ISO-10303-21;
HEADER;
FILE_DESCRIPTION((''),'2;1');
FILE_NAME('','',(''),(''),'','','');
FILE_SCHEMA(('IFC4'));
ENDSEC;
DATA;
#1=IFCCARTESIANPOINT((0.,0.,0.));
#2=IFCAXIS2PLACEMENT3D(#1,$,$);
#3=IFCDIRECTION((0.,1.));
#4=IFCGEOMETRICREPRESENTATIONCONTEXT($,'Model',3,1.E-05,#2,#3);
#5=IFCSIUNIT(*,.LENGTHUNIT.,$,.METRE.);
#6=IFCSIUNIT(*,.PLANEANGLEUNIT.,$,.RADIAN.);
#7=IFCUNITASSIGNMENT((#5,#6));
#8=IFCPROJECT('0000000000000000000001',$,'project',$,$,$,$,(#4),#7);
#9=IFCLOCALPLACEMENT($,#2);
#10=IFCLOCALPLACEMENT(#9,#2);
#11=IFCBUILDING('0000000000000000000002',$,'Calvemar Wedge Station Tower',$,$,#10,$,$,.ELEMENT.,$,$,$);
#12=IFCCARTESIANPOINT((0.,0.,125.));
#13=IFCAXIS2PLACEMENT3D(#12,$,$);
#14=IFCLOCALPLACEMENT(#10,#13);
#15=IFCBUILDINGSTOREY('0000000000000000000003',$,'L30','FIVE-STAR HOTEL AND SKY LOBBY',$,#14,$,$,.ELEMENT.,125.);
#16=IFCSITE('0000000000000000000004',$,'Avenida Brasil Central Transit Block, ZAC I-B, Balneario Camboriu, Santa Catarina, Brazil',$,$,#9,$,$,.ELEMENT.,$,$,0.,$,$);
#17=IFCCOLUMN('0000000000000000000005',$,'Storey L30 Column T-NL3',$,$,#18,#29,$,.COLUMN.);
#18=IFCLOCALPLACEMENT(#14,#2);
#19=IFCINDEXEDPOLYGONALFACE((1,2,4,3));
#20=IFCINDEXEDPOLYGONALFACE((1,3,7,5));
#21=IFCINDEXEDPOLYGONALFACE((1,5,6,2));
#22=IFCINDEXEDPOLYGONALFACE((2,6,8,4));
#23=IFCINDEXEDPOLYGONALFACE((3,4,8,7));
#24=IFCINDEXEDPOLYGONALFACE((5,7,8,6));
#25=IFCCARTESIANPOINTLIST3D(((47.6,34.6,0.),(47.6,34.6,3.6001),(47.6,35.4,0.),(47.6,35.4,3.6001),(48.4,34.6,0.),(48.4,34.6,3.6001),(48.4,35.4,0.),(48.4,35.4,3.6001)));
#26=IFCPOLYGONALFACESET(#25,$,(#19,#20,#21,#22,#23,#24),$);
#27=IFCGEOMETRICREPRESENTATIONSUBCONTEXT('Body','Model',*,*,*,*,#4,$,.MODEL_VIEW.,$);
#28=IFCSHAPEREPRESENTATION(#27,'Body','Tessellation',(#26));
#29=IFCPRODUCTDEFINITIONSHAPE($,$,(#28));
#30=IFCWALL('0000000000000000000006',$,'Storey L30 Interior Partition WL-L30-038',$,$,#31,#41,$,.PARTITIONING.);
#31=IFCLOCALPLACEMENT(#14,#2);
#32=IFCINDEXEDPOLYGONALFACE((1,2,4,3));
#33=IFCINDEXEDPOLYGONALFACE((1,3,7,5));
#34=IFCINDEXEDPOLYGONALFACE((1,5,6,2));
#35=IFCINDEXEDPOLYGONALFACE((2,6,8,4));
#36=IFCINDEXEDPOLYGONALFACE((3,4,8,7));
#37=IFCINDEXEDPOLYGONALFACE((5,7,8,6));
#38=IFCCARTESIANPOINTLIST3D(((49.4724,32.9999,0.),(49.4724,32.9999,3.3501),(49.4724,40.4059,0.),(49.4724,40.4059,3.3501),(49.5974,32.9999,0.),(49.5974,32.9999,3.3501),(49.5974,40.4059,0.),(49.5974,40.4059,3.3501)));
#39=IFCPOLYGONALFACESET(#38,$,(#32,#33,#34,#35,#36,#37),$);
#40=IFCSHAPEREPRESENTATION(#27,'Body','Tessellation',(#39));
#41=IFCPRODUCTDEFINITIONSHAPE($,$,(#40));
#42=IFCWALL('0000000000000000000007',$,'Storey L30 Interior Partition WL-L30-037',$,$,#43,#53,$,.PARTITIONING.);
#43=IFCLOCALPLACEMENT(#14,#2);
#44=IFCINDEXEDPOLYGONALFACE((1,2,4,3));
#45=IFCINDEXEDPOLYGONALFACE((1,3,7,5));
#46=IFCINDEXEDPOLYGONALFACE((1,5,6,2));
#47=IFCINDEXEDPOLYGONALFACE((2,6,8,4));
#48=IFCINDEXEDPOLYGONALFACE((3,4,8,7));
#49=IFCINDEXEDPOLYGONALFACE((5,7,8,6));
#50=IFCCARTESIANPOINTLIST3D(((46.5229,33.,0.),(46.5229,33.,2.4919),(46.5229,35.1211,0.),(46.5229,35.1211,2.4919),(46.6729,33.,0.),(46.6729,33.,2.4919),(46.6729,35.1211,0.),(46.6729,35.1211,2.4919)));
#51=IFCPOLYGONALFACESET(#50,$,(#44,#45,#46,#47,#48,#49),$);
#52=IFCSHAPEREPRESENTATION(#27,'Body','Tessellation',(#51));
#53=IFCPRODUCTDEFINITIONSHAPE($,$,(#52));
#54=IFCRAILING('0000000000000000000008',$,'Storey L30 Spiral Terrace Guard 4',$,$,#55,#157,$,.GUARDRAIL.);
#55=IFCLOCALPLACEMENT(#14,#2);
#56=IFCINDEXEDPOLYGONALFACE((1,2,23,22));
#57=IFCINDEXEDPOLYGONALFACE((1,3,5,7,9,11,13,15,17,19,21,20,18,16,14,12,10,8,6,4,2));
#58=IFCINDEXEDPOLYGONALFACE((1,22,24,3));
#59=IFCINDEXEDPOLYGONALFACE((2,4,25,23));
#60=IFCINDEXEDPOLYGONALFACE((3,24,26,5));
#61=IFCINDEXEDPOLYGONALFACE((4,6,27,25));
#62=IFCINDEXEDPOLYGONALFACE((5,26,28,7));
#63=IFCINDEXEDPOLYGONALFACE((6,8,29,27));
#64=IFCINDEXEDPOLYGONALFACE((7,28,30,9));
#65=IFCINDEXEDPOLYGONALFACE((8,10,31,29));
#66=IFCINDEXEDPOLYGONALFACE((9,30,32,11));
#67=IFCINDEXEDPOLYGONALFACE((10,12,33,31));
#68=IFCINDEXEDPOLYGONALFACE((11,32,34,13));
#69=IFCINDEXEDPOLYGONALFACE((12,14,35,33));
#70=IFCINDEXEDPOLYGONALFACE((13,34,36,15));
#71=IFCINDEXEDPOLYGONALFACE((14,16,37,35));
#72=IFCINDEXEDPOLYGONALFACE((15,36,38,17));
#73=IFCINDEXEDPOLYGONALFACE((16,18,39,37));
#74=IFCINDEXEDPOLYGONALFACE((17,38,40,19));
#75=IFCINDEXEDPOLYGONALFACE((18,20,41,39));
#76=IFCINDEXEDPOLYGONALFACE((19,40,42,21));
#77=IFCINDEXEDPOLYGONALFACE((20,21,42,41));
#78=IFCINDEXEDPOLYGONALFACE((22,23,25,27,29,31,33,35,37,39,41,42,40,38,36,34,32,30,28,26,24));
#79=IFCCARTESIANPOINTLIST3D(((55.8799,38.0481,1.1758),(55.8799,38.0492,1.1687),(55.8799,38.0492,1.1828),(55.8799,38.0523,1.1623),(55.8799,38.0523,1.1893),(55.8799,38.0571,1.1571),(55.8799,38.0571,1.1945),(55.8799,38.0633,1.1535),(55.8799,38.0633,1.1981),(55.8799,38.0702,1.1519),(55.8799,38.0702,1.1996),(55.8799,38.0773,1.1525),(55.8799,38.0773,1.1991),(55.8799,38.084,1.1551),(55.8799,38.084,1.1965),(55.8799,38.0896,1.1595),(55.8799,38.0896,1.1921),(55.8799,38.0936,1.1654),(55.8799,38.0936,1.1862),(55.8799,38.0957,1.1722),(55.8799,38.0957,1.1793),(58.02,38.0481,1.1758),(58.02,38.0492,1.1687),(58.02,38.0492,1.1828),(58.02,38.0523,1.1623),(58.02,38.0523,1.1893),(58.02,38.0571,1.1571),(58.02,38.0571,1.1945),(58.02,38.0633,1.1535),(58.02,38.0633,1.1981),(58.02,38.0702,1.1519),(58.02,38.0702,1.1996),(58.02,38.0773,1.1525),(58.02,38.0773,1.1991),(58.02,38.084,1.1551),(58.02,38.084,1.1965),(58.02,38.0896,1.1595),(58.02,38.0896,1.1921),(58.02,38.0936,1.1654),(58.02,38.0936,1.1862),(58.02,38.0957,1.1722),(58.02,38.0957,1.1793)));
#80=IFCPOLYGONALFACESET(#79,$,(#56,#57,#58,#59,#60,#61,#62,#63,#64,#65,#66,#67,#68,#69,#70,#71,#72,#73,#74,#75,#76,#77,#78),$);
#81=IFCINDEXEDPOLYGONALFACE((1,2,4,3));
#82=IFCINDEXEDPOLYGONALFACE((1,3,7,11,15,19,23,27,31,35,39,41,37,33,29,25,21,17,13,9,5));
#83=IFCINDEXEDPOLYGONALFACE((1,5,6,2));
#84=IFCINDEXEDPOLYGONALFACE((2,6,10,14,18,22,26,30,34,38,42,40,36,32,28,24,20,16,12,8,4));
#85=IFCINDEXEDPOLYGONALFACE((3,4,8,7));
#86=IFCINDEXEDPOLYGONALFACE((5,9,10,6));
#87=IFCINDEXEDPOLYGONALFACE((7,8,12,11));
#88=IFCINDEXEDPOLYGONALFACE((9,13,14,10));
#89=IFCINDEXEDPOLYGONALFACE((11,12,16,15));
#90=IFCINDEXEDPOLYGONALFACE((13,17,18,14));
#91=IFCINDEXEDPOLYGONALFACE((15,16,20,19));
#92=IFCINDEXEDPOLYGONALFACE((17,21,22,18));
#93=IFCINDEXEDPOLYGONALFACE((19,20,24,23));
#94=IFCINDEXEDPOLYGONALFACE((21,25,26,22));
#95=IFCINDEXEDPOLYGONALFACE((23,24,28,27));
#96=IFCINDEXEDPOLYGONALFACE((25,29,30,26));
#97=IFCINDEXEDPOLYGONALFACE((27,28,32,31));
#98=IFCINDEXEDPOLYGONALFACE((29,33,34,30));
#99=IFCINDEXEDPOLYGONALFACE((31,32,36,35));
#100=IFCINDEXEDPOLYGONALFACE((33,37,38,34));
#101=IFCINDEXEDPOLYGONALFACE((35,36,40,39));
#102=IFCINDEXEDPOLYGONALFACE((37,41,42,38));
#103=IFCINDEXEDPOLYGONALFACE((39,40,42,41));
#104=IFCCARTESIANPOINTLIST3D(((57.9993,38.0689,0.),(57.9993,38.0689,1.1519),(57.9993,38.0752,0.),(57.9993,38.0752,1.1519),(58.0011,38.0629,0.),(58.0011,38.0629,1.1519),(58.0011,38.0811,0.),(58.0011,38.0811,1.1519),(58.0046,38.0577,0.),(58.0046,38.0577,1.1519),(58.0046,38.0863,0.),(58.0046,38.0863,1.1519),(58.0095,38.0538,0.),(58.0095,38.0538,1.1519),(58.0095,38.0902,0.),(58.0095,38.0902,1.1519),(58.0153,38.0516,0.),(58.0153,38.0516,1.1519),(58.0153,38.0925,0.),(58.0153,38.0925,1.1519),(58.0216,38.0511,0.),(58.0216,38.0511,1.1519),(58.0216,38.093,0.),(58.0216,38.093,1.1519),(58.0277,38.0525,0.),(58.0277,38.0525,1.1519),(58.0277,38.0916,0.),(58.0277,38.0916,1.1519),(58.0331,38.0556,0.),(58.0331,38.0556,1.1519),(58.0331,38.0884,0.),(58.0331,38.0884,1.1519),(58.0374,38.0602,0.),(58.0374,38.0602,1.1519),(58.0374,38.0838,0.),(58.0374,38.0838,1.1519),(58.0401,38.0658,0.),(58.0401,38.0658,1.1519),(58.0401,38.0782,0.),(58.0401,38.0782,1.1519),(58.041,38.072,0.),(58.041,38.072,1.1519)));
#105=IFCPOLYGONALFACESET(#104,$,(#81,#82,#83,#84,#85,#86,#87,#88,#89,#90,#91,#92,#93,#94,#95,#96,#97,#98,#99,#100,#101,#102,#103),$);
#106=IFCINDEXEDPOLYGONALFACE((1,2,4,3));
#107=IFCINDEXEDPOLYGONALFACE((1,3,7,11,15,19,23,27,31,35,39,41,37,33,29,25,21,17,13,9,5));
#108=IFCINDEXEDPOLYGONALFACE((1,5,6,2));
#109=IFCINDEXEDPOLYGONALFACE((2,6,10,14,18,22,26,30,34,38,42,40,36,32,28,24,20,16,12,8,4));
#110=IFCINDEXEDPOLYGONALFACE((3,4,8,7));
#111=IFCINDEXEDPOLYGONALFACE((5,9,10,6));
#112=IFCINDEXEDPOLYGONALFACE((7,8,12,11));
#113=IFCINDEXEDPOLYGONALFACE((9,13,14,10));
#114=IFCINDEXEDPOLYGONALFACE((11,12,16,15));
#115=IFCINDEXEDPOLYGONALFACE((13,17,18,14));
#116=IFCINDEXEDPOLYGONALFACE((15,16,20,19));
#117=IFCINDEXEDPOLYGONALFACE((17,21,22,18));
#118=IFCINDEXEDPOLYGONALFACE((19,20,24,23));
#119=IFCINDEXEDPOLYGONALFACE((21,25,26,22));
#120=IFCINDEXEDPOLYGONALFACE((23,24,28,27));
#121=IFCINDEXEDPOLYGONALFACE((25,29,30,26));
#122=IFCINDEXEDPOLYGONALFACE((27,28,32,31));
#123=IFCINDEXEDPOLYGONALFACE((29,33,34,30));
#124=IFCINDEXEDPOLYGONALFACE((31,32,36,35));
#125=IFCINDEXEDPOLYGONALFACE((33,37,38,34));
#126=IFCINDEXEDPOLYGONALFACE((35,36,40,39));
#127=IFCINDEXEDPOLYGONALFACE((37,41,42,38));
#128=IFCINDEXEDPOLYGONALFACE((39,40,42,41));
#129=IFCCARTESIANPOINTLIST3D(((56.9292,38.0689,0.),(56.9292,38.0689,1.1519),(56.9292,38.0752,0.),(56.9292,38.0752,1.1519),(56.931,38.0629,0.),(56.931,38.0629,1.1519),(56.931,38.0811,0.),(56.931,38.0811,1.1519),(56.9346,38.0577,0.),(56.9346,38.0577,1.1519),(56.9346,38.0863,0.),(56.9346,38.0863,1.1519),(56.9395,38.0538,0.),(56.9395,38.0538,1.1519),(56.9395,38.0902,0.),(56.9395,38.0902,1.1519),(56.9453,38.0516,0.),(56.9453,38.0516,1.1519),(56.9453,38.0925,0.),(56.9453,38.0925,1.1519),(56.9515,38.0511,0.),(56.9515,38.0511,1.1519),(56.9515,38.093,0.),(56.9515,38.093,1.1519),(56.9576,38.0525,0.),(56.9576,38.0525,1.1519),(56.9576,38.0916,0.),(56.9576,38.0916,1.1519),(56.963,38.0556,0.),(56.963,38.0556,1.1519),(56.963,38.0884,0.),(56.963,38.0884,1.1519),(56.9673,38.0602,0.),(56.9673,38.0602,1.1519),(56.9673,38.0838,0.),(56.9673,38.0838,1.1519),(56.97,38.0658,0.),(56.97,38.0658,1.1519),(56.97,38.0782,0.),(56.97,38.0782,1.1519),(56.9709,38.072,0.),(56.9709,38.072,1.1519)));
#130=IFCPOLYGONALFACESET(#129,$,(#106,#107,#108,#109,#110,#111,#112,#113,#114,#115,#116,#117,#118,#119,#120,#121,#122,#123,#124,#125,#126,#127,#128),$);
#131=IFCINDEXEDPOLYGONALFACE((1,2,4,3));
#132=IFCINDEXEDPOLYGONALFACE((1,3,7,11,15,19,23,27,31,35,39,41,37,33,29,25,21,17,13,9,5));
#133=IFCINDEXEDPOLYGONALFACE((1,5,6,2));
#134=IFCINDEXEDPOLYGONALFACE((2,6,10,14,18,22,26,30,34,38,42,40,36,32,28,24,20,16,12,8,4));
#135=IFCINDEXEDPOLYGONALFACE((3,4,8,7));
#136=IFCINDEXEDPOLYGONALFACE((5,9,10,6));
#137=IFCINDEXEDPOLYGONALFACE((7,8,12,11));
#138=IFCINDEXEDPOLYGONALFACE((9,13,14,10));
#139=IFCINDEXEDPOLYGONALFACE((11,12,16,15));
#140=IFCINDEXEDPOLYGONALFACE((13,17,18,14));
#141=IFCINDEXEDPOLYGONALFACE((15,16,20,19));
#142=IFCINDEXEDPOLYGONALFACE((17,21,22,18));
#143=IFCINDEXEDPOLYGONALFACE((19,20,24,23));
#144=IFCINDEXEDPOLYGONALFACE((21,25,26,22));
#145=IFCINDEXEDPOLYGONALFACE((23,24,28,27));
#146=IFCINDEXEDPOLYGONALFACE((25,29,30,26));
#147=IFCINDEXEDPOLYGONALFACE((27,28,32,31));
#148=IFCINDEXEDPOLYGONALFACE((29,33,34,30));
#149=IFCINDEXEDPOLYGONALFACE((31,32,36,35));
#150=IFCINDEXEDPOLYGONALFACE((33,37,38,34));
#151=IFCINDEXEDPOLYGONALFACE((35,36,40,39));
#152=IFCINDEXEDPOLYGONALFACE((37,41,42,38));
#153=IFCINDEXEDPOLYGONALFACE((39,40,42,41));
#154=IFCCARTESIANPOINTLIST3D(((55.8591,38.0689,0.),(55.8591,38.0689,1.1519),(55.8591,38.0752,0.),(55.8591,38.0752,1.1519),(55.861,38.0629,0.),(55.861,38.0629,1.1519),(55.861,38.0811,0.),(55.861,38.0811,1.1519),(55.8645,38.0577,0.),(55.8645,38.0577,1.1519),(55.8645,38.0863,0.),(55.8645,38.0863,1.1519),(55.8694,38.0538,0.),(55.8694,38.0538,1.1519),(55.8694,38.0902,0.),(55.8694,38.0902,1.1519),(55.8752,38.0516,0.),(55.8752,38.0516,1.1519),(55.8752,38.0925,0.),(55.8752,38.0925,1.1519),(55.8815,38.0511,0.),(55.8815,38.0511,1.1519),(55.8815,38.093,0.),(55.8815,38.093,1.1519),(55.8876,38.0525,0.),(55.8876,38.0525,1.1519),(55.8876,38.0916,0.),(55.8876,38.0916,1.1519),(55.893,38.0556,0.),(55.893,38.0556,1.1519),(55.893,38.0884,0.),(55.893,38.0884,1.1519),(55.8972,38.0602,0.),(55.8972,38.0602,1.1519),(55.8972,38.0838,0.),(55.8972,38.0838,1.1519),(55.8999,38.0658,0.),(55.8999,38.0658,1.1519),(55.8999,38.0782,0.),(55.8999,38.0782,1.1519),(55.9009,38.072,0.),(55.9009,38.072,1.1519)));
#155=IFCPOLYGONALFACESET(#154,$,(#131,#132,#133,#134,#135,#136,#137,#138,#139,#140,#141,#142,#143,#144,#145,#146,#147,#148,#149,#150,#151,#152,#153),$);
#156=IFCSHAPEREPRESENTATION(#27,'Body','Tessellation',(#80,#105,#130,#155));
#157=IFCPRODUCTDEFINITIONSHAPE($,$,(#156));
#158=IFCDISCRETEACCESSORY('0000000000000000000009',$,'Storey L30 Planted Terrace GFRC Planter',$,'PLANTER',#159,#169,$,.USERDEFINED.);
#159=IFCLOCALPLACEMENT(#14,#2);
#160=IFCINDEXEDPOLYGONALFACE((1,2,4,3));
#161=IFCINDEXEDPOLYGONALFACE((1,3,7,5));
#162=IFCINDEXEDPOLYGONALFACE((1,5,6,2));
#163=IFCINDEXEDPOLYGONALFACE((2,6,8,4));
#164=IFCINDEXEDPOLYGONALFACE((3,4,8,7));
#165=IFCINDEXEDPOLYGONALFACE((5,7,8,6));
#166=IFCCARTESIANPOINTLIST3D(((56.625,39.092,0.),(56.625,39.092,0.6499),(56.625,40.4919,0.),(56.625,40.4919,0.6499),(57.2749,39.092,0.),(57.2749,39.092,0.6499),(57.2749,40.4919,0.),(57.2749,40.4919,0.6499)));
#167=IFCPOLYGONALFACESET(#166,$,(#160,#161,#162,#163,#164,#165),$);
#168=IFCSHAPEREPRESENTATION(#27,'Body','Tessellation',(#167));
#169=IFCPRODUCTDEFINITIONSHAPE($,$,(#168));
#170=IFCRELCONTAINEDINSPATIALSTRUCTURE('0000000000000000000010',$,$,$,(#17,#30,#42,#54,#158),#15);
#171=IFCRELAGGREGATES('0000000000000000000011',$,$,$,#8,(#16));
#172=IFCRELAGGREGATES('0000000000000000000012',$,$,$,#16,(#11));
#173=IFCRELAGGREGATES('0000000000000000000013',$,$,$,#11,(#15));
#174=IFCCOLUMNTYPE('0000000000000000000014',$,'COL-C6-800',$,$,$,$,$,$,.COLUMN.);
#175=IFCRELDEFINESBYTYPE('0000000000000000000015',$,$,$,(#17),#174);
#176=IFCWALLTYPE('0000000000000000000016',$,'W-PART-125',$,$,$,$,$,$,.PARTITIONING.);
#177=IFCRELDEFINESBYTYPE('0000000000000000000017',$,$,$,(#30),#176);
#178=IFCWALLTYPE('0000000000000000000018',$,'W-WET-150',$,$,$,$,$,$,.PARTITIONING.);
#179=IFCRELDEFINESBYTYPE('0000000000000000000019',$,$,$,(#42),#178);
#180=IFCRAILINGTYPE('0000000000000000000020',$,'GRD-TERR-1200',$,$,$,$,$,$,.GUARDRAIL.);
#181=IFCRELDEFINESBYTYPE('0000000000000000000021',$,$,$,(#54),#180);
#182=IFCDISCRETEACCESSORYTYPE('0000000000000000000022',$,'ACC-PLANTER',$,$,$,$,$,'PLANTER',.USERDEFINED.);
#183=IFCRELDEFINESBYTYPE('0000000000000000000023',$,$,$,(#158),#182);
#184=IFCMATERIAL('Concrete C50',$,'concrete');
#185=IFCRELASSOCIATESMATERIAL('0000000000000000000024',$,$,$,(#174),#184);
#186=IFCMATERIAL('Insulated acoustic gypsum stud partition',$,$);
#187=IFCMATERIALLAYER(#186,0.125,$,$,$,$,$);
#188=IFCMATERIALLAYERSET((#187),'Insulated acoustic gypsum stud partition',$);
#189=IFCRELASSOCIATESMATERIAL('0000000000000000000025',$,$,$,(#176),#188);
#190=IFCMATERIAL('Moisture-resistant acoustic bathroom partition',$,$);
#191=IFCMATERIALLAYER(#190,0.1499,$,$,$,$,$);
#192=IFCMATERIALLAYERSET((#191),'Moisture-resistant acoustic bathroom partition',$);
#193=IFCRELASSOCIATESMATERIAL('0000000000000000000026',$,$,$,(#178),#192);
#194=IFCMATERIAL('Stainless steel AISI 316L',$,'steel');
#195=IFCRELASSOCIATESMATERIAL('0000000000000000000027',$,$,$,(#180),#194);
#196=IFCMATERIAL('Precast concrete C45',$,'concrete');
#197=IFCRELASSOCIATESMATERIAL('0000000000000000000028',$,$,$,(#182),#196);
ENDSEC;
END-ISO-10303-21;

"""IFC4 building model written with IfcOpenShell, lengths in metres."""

from ifc_helpers import new_model, si_unit, direction, frame, frame_2d, origin, origin_2d, place, context, subcontext, project, spatial, rectangle, circle, extrude, source, transform, mapped, material, layer, layer_set, material_profile, profile_set, type_object, element, save


model = new_model("IFC4")

# Units and contexts
model_context = context("Model", 3, precision=1e-05, world=origin(), true_north=direction((0.0, 1.0)))
body_context = subcontext(model_context, "Body", "Model", "MODEL_VIEW")
ifc_project = project(units=[si_unit("LENGTHUNIT", "METRE"), si_unit("PLANEANGLEUNIT", "RADIAN")], contexts=[model_context])

# Site, building, storey
site_placement = place(None, origin())
site = spatial("IfcSite", under=ifc_project, at=site_placement, Name="Avenida Brasil Central Transit Block, ZAC I-B, Balneario Camboriu, Santa Catarina, Brazil", CompositionType="ELEMENT", RefElevation=0.0)
building_placement = place(site_placement, origin())
building = spatial("IfcBuilding", under=site, at=building_placement, Name="Calvemar Wedge Station Tower", CompositionType="ELEMENT")
storey_placement = place(building_placement, frame((0.0, 0.0, 125.0)))
storey = spatial("IfcBuildingStorey", under=building, at=storey_placement, Name="L30", Description="FIVE-STAR HOTEL AND SKY LOBBY", CompositionType="ELEMENT", Elevation=125.0)

# Column
ifc_material_1 = material(Name="Concrete C50", Category="concrete")
ifc_material_profile = material_profile(ifc_material_1, rectangle(XDim=0.8, YDim=0.8, at=origin_2d()), Name="RC800x800")
ifc_profile_set = profile_set([ifc_material_profile], Name="Concrete C50")
column_type = type_object("IfcColumnType", Name="COL-C6-800", PredefinedType="COLUMN", material=ifc_profile_set)
shared_shape_1 = source(origin(), body_context, "Body", "SweptSolid", [
    extrude(rectangle(XDim=0.8, YDim=0.8, at=origin_2d()), origin(), (0.0, 0.0, 1.0), 3.6001),
])
column_placement = place(storey_placement, frame((48.0, 35.0, 0.0), z_axis=(0.0, 0.0, 1.0), x_axis=(1.0, 0.0, 0.0)))
element("IfcColumn", 1, at=column_placement, inside=storey, type_object=column_type, Name="Storey L30 Column T-NL3", PredefinedType="COLUMN", context=body_context, shape_type="MappedRepresentation", body=[
    mapped(shared_shape_1, transform((0.0, 0.0, 0.0), scale=1.0)),
])

# Shared definitions
ifc_material_2 = material(Name="Precast concrete C45", Category="concrete")

# Walls
ifc_material_3 = material(Name="Insulated acoustic gypsum stud partition")
ifc_layer_1 = layer(ifc_material_3, 0.125)
ifc_layer_set_1 = layer_set([ifc_layer_1], Name="Insulated acoustic gypsum stud partition")
wall_type_1 = type_object("IfcWallType", Name="W-PART-125", PredefinedType="PARTITIONING", material=ifc_layer_set_1)
wall_1_placement = place(storey_placement, frame((49.5349, 40.406, 0.0), z_axis=(0.0, 0.0, 1.0), x_axis=(0.0, -1.0, 0.0)))
element("IfcWall", 2, at=wall_1_placement, inside=storey, type_object=wall_type_1, Name="Storey L30 Interior Partition WL-L30-038", PredefinedType="PARTITIONING", context=body_context, shape_type="SweptSolid", body=[
    extrude(rectangle(XDim=7.406, YDim=0.125, at=frame_2d((3.7031, 0.0))), origin(), (0.0, 0.0, 1.0), 3.3501),
])
ifc_material_4 = material(Name="Moisture-resistant acoustic bathroom partition")
ifc_layer_2 = layer(ifc_material_4, 0.1499)
ifc_layer_set_2 = layer_set([ifc_layer_2], Name="Moisture-resistant acoustic bathroom partition")
wall_type_2 = type_object("IfcWallType", Name="W-WET-150", PredefinedType="PARTITIONING", material=ifc_layer_set_2)
wall_2_placement = place(storey_placement, frame((46.5979, 35.1211, 0.0), z_axis=(0.0, 0.0, 1.0), x_axis=(0.0, -1.0, 0.0)))
element("IfcWall", 3, at=wall_2_placement, inside=storey, type_object=wall_type_2, Name="Storey L30 Interior Partition WL-L30-037", PredefinedType="PARTITIONING", context=body_context, shape_type="SweptSolid", body=[
    extrude(rectangle(XDim=2.1211, YDim=0.1499, at=frame_2d((1.0605, 0.0))), origin(), (0.0, 0.0, 1.0), 2.4919),
])

# Railing
ifc_material_5 = material(Name="Stainless steel AISI 316L", Category="steel")
railing_type = type_object("IfcRailingType", Name="GRD-TERR-1200", PredefinedType="GUARDRAIL", material=ifc_material_5)
railing_placement = place(storey_placement, frame((58.02, 38.072, 0.0)))
element("IfcRailing", 4, at=railing_placement, inside=storey, type_object=railing_type, Name="Storey L30 Spiral Terrace Guard 4", PredefinedType="GUARDRAIL", context=body_context, shape_type="SweptSolid", body=[
    extrude(circle(Radius=0.0239, at=origin_2d()), frame((0.0, 0.0, 1.1758), z_axis=(-1.0, 0.0, 0.0), x_axis=(0.0, -1.0, 0.0)), (0.0, 0.0, 1.0), 2.1401),
    extrude(circle(Radius=0.021, at=origin_2d()), origin(), (0.0, 0.0, 1.0), 1.1519),
    extrude(circle(Radius=0.021, at=origin_2d()), frame((-1.0701, 0.0, 0.0)), (0.0, 0.0, 1.0), 1.1519),
    extrude(circle(Radius=0.021, at=origin_2d()), frame((-2.1401, 0.0, 0.0)), (0.0, 0.0, 1.0), 1.1519),
])

# Discrete accessory
discrete_accessory_type = type_object("IfcDiscreteAccessoryType", Name="ACC-PLANTER", ElementType="PLANTER", PredefinedType="USERDEFINED", material=ifc_material_2)
shared_shape_2 = source(origin(), body_context, "Body", "SweptSolid", [
    extrude(rectangle(XDim=0.6499, YDim=1.3999, at=origin_2d()), origin(), (0.0, 0.0, 1.0), 0.6499),
])
discrete_accessory_placement = place(storey_placement, frame((56.95, 39.792, 0.0), z_axis=(0.0, 0.0, 1.0), x_axis=(1.0, 0.0, 0.0)))
element("IfcDiscreteAccessory", 5, at=discrete_accessory_placement, inside=storey, type_object=discrete_accessory_type, Name="Storey L30 Planted Terrace GFRC Planter", ObjectType="PLANTER", PredefinedType="USERDEFINED", context=body_context, shape_type="MappedRepresentation", body=[
    mapped(shared_shape_2, transform((0.0, 0.0, 0.0), scale=1.0)),
])

save(model, "model.ifc")
